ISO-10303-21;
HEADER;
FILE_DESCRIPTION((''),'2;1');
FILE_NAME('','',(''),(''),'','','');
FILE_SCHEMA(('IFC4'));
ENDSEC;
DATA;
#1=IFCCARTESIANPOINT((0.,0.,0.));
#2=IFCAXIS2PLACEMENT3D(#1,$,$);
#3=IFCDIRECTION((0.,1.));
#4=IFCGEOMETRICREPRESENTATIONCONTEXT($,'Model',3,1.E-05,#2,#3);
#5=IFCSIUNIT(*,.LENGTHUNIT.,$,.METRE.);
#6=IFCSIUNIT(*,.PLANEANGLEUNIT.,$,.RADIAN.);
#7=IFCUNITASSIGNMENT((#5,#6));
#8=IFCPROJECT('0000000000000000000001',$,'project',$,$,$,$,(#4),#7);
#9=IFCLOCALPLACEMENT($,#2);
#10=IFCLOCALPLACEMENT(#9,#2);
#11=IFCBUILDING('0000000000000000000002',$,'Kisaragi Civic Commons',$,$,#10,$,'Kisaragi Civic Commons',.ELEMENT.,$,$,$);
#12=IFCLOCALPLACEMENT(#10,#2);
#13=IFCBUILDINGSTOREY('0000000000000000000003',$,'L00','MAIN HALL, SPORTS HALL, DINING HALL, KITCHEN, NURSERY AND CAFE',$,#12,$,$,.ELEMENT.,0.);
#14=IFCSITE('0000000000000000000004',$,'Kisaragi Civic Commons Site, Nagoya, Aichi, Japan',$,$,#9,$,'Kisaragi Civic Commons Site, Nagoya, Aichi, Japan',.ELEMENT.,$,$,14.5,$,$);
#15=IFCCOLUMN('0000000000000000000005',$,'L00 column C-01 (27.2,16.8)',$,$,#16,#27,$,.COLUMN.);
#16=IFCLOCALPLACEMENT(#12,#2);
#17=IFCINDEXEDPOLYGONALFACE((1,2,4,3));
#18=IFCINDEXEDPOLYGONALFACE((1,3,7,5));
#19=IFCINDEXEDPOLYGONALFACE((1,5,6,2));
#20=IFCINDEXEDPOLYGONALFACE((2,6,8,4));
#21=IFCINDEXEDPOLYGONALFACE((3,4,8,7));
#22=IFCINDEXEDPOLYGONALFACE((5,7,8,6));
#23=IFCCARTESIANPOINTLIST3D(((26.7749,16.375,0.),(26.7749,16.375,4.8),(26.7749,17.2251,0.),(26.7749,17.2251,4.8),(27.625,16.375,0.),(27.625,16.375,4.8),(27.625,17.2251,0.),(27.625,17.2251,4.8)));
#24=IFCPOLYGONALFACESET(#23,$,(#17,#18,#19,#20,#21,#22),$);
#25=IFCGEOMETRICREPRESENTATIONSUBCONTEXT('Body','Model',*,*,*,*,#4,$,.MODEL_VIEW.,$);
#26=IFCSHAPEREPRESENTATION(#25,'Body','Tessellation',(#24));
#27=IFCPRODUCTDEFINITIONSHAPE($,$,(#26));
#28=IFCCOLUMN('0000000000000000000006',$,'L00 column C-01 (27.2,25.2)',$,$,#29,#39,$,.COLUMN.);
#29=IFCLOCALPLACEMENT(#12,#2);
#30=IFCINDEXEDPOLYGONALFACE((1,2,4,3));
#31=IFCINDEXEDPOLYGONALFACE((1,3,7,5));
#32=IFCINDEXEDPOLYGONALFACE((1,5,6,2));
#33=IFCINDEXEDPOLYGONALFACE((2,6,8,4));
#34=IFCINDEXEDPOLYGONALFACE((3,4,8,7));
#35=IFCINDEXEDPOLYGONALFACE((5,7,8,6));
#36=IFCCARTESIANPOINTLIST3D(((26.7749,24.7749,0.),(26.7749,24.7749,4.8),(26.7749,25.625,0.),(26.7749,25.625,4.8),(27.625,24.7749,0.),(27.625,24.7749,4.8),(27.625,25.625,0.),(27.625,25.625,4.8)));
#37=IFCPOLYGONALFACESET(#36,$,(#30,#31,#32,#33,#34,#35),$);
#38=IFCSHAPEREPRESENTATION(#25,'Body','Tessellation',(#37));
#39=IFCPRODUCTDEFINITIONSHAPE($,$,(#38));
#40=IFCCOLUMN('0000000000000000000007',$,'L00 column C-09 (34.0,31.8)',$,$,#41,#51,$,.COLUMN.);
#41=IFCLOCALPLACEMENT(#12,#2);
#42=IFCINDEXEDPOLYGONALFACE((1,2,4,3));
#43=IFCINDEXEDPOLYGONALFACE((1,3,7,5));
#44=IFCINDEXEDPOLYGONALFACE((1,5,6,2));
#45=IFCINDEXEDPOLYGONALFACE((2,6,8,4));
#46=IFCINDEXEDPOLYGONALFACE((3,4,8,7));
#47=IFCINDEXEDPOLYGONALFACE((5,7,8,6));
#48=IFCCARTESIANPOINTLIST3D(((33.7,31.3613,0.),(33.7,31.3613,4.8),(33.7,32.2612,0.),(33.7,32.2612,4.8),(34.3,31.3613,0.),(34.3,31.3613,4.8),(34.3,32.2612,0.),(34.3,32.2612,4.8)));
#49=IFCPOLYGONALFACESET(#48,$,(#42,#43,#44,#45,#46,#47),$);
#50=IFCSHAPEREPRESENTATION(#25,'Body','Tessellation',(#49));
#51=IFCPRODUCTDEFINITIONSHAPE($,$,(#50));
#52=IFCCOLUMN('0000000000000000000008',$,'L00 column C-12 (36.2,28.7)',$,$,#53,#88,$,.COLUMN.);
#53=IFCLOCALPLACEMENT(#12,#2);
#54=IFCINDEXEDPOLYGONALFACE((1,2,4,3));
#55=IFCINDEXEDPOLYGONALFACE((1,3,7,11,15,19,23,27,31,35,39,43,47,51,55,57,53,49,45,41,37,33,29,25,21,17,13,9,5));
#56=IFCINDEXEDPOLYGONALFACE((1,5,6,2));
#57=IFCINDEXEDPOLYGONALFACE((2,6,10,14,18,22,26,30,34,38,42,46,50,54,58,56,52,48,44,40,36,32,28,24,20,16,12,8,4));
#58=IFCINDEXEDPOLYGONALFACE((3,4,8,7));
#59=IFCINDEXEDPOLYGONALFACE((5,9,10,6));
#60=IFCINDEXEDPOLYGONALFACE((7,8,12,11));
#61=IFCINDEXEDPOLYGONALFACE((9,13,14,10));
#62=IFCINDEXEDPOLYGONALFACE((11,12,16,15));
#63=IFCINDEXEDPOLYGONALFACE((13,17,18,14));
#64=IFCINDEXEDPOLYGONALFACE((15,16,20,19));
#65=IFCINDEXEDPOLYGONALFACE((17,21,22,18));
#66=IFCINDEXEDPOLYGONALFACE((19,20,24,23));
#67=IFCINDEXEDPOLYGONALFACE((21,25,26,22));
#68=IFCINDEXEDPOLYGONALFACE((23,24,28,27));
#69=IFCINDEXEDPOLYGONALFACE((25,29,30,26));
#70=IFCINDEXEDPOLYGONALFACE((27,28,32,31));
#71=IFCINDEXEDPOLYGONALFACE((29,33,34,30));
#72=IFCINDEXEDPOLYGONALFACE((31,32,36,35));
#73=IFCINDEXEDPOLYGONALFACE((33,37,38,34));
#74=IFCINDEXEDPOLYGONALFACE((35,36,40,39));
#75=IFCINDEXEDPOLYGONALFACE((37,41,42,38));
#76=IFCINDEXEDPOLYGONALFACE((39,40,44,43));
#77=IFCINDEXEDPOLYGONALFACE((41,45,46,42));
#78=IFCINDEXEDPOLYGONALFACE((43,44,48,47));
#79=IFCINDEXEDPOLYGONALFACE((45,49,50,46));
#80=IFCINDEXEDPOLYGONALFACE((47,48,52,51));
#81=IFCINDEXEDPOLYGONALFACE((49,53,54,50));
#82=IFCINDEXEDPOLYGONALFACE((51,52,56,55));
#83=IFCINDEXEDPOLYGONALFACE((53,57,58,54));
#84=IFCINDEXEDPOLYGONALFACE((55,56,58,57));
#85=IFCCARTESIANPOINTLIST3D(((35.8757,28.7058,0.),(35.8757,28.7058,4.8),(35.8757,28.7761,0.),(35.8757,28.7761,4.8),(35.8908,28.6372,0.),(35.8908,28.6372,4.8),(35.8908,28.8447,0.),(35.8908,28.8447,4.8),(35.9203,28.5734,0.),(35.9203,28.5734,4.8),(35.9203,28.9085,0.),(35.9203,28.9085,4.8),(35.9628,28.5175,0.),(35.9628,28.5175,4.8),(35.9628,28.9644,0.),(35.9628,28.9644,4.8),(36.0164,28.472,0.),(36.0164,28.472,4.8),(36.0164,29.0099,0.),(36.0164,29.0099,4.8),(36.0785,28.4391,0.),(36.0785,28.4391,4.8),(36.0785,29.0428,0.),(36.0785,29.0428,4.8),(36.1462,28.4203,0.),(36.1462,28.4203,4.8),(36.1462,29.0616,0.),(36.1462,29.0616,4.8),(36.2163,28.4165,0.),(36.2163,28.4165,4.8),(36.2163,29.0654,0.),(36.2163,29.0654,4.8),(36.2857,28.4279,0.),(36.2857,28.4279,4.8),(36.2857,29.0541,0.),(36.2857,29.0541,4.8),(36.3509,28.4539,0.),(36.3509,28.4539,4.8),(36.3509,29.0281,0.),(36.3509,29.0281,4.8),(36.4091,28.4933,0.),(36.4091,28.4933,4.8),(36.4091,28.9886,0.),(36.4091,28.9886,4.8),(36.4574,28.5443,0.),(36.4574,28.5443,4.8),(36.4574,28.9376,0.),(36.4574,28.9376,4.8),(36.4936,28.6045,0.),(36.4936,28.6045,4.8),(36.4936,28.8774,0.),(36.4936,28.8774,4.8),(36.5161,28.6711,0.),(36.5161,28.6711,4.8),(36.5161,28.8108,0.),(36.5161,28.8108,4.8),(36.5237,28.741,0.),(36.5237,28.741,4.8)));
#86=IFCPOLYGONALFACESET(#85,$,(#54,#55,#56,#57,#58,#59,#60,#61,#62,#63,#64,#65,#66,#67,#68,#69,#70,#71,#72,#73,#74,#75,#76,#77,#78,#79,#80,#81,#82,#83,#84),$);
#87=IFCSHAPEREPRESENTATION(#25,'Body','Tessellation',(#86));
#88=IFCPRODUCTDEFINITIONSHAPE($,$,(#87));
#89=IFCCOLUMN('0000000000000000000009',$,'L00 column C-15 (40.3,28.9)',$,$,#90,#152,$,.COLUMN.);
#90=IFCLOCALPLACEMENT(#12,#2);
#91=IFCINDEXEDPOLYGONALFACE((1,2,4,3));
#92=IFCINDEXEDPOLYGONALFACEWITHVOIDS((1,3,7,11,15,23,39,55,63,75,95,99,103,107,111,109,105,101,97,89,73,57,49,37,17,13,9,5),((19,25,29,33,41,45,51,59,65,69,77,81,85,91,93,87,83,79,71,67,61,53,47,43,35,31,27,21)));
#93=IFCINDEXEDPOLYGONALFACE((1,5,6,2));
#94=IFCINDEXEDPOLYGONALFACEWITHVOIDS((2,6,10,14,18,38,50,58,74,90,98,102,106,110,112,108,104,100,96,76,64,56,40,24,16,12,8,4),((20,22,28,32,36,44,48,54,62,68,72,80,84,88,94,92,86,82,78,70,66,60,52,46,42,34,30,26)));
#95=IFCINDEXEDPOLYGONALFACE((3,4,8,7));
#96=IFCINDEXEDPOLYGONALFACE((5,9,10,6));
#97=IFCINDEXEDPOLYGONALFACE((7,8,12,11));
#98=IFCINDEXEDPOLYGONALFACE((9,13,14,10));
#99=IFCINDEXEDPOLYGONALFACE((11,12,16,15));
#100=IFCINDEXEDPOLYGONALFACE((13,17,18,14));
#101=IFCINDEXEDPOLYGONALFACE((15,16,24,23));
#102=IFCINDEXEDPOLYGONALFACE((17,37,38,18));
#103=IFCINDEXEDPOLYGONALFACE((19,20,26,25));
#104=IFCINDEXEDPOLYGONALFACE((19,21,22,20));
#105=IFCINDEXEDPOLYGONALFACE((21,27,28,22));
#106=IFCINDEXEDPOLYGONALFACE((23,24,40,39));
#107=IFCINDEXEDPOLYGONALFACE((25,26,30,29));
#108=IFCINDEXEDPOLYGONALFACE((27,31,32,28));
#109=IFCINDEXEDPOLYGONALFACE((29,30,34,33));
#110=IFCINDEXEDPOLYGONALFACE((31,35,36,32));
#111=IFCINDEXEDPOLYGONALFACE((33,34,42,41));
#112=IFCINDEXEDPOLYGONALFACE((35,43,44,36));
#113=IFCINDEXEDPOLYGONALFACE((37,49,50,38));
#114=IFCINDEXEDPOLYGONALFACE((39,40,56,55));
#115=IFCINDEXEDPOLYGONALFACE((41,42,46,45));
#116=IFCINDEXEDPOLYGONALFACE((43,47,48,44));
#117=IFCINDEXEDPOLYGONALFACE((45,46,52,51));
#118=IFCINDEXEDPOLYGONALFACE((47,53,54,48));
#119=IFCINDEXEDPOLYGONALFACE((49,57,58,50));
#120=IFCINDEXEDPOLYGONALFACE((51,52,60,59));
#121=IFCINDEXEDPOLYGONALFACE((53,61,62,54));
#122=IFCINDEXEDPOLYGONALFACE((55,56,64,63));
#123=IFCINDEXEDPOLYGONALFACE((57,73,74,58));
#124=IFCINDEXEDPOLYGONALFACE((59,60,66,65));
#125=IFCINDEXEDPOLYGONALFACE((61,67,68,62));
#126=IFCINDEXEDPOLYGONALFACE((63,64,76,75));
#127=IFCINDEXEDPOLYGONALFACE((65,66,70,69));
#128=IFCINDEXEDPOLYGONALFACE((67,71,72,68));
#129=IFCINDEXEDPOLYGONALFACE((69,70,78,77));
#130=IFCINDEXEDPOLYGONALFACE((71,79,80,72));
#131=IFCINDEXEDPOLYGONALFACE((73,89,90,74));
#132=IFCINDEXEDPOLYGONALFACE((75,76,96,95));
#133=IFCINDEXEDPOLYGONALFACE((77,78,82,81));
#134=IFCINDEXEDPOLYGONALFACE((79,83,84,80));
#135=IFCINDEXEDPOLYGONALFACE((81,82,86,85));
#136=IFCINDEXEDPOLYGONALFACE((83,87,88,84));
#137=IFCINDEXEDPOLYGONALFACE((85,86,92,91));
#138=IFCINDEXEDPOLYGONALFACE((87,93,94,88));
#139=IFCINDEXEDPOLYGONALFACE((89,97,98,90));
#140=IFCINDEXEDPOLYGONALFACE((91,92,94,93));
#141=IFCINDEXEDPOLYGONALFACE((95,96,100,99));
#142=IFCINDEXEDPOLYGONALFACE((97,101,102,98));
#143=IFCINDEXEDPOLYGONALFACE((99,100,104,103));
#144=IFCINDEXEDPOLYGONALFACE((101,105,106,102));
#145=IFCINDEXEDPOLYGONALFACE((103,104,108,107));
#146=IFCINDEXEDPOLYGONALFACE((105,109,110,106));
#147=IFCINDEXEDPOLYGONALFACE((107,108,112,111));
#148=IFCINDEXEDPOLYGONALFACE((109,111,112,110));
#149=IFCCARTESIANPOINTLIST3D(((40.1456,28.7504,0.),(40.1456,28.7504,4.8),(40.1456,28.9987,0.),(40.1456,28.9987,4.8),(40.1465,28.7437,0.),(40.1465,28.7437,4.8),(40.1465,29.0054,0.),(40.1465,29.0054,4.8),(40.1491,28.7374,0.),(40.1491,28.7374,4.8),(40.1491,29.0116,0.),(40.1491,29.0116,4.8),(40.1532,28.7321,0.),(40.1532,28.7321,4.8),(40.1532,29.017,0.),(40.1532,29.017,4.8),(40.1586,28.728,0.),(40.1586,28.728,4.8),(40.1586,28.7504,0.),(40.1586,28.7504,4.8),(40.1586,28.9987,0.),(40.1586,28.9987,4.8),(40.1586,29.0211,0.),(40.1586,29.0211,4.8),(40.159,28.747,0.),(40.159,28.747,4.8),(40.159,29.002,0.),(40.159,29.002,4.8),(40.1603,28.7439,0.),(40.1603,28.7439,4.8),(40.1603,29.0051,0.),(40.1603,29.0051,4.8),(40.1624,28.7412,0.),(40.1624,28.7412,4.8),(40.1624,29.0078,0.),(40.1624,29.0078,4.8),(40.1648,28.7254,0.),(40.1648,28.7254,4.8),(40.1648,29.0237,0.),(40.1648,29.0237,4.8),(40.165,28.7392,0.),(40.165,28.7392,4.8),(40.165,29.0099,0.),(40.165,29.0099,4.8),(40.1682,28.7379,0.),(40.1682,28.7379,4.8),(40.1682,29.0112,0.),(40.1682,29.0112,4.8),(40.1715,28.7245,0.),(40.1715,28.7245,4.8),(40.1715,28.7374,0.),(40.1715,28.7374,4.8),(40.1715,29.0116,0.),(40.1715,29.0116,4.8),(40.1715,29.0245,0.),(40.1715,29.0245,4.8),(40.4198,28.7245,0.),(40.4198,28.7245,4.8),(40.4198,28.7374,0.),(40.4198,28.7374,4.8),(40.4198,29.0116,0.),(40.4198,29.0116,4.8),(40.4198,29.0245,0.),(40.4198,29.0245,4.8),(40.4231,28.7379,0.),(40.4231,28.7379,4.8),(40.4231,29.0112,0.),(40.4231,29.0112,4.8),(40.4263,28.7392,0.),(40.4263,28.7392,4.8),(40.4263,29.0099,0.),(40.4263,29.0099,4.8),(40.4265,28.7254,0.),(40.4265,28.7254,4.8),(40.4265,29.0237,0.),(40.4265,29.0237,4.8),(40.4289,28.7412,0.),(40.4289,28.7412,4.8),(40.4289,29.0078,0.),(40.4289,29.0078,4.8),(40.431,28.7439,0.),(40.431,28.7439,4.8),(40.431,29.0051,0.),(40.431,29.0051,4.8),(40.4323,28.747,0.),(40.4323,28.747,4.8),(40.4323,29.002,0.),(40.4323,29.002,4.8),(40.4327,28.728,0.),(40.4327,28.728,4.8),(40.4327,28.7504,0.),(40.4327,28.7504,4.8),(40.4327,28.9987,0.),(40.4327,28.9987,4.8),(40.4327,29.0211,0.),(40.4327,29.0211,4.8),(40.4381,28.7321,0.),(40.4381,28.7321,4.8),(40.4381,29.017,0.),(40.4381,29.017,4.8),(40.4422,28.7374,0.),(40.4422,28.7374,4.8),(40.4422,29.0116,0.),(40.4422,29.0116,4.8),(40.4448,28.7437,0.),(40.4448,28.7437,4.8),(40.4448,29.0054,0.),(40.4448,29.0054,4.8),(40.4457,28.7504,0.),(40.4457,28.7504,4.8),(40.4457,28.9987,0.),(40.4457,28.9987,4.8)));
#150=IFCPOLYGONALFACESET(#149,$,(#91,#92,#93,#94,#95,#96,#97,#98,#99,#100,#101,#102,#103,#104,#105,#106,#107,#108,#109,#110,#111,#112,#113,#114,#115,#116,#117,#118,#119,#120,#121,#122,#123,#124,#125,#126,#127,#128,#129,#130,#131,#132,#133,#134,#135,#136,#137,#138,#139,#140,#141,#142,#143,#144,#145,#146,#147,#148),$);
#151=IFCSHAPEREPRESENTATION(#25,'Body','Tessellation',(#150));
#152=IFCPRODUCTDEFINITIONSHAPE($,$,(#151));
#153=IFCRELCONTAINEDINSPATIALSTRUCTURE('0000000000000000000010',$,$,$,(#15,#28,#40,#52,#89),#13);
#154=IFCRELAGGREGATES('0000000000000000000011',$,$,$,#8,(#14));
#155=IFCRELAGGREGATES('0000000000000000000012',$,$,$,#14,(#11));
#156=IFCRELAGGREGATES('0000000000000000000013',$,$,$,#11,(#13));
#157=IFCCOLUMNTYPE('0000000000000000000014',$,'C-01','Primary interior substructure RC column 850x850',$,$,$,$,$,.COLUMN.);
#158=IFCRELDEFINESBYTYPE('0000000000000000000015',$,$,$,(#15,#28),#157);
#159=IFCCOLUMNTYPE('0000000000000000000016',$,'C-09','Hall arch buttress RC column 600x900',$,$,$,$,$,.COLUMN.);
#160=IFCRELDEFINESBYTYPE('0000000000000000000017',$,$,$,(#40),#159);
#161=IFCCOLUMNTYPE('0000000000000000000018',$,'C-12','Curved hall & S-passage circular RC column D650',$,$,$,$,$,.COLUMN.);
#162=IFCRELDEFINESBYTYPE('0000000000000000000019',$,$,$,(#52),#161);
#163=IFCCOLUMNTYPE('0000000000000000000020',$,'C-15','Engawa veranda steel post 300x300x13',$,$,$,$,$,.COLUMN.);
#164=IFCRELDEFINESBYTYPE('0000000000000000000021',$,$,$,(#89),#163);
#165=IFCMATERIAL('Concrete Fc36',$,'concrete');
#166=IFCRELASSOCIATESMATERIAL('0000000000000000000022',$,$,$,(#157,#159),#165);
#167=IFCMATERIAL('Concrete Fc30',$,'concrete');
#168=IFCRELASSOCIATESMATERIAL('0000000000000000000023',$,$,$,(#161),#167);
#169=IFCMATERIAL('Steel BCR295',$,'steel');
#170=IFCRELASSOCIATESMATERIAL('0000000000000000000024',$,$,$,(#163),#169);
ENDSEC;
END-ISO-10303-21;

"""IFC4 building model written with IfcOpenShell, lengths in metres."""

from ifc_helpers import new_model, si_unit, direction, frame, origin, origin_2d, place, context, subcontext, project, spatial, rectangle, hollow_rectangle, circle, extrude, material, material_profile, profile_set, type_object, element, save


model = new_model("IFC4")

# Units and contexts
model_context = context("Model", 3, precision=1e-05, world=origin(), true_north=direction((0.0, 1.0)))
body_context = subcontext(model_context, "Body", "Model", "MODEL_VIEW")
ifc_project = project(units=[si_unit("LENGTHUNIT", "METRE"), si_unit("PLANEANGLEUNIT", "RADIAN")], contexts=[model_context])

# Site, building, storey
site_placement = place(None, origin())
site = spatial("IfcSite", under=ifc_project, at=site_placement, Name="Kisaragi Civic Commons Site, Nagoya, Aichi, Japan", LongName="Kisaragi Civic Commons Site, Nagoya, Aichi, Japan", CompositionType="ELEMENT", RefElevation=14.5)
building_placement = place(site_placement, origin())
building = spatial("IfcBuilding", under=site, at=building_placement, Name="Kisaragi Civic Commons", LongName="Kisaragi Civic Commons", CompositionType="ELEMENT")
storey_placement = place(building_placement, origin())
storey = spatial("IfcBuildingStorey", under=building, at=storey_placement, Name="L00", Description="MAIN HALL, SPORTS HALL, DINING HALL, KITCHEN, NURSERY AND CAFE", CompositionType="ELEMENT", Elevation=0.0)

# Columns
ifc_material_1 = material(Name="Concrete Fc36", Category="concrete")
ifc_material_profile_1 = material_profile(ifc_material_1, rectangle(XDim=0.8501, YDim=0.8501, at=origin_2d()), Name="RC-850x850", Category="concrete")
ifc_profile_set_1 = profile_set([ifc_material_profile_1], Name="Concrete Fc36")
column_type_1 = type_object("IfcColumnType", Name="C-01", Description="Primary interior substructure RC column 850x850", PredefinedType="COLUMN", material=ifc_profile_set_1)
for number, where, z_axis, x_axis, name in (
    (1, (27.2, 16.8, 0.0), (0.0, 0.0, 1.0), (1.0, 0.0, 0.0), "L00 column C-01 (27.2,16.8)"),
    (2, (27.2, 25.2, 0.0), (0.0, 0.0, 1.0), (1.0, 0.0, 0.0), "L00 column C-01 (27.2,25.2)"),
):
    element("IfcColumn", number, at=place(storey_placement, frame(where, z_axis=z_axis, x_axis=x_axis)), inside=storey, type_object=column_type_1, Name=name, PredefinedType="COLUMN", context=body_context, shape_type="SweptSolid", body=[
        extrude(rectangle(XDim=0.8501, YDim=0.8501, at=origin_2d()), origin(), (0.0, 0.0, 1.0), 4.8),
    ])
ifc_material_profile_2 = material_profile(ifc_material_1, rectangle(XDim=0.6001, YDim=0.8999, at=origin_2d()), Name="RC-600x900", Category="concrete")
ifc_profile_set_2 = profile_set([ifc_material_profile_2], Name="Concrete Fc36")
column_type_2 = type_object("IfcColumnType", Name="C-09", Description="Hall arch buttress RC column 600x900", PredefinedType="COLUMN", material=ifc_profile_set_2)
column_1_placement = place(storey_placement, frame((34.0, 31.8113, 0.0), z_axis=(0.0, 0.0, 1.0), x_axis=(1.0, 0.0, 0.0)))
element("IfcColumn", 3, at=column_1_placement, inside=storey, type_object=column_type_2, Name="L00 column C-09 (34.0,31.8)", PredefinedType="COLUMN", context=body_context, shape_type="SweptSolid", body=[
    extrude(rectangle(XDim=0.6001, YDim=0.8999, at=origin_2d()), origin(), (0.0, 0.0, 1.0), 4.8),
])
ifc_material_2 = material(Name="Concrete Fc30", Category="concrete")
ifc_material_profile_3 = material_profile(ifc_material_2, circle(Radius=0.325, at=origin_2d()), Name="RC-D650", Category="concrete")
ifc_profile_set_3 = profile_set([ifc_material_profile_3], Name="Concrete Fc30")
column_type_3 = type_object("IfcColumnType", Name="C-12", Description="Curved hall & S-passage circular RC column D650", PredefinedType="COLUMN", material=ifc_profile_set_3)
column_2_placement = place(storey_placement, frame((36.1987, 28.741, 0.0), z_axis=(0.0, 0.0, 1.0), x_axis=(1.0, 0.0, 0.0)))
element("IfcColumn", 4, at=column_2_placement, inside=storey, type_object=column_type_3, Name="L00 column C-12 (36.2,28.7)", PredefinedType="COLUMN", context=body_context, shape_type="SweptSolid", body=[
    extrude(circle(Radius=0.325, at=origin_2d()), origin(), (0.0, 0.0, 1.0), 4.8),
])
ifc_material_3 = material(Name="Steel BCR295", Category="steel")
ifc_material_profile_4 = material_profile(ifc_material_3, hollow_rectangle(XDim=0.3, YDim=0.3, WallThickness=0.0129, InnerFilletRadius=0.0129, OuterFilletRadius=0.0259, at=origin_2d()), Name="BCR-300x300x13", Category="steel")
ifc_profile_set_4 = profile_set([ifc_material_profile_4], Name="Steel BCR295")
column_type_4 = type_object("IfcColumnType", Name="C-15", Description="Engawa veranda steel post 300x300x13", PredefinedType="COLUMN", material=ifc_profile_set_4)
column_3_placement = place(storey_placement, frame((40.2957, 28.8745, 0.0), z_axis=(0.0, 0.0, 1.0), x_axis=(1.0, 0.0, 0.0)))
element("IfcColumn", 5, at=column_3_placement, inside=storey, type_object=column_type_4, Name="L00 column C-15 (40.3,28.9)", PredefinedType="COLUMN", context=body_context, shape_type="SweptSolid", body=[
    extrude(hollow_rectangle(XDim=0.3, YDim=0.3, WallThickness=0.0129, InnerFilletRadius=0.0129, OuterFilletRadius=0.0259, at=origin_2d()), origin(), (0.0, 0.0, 1.0), 4.8),
])

save(model, "model.ifc")
